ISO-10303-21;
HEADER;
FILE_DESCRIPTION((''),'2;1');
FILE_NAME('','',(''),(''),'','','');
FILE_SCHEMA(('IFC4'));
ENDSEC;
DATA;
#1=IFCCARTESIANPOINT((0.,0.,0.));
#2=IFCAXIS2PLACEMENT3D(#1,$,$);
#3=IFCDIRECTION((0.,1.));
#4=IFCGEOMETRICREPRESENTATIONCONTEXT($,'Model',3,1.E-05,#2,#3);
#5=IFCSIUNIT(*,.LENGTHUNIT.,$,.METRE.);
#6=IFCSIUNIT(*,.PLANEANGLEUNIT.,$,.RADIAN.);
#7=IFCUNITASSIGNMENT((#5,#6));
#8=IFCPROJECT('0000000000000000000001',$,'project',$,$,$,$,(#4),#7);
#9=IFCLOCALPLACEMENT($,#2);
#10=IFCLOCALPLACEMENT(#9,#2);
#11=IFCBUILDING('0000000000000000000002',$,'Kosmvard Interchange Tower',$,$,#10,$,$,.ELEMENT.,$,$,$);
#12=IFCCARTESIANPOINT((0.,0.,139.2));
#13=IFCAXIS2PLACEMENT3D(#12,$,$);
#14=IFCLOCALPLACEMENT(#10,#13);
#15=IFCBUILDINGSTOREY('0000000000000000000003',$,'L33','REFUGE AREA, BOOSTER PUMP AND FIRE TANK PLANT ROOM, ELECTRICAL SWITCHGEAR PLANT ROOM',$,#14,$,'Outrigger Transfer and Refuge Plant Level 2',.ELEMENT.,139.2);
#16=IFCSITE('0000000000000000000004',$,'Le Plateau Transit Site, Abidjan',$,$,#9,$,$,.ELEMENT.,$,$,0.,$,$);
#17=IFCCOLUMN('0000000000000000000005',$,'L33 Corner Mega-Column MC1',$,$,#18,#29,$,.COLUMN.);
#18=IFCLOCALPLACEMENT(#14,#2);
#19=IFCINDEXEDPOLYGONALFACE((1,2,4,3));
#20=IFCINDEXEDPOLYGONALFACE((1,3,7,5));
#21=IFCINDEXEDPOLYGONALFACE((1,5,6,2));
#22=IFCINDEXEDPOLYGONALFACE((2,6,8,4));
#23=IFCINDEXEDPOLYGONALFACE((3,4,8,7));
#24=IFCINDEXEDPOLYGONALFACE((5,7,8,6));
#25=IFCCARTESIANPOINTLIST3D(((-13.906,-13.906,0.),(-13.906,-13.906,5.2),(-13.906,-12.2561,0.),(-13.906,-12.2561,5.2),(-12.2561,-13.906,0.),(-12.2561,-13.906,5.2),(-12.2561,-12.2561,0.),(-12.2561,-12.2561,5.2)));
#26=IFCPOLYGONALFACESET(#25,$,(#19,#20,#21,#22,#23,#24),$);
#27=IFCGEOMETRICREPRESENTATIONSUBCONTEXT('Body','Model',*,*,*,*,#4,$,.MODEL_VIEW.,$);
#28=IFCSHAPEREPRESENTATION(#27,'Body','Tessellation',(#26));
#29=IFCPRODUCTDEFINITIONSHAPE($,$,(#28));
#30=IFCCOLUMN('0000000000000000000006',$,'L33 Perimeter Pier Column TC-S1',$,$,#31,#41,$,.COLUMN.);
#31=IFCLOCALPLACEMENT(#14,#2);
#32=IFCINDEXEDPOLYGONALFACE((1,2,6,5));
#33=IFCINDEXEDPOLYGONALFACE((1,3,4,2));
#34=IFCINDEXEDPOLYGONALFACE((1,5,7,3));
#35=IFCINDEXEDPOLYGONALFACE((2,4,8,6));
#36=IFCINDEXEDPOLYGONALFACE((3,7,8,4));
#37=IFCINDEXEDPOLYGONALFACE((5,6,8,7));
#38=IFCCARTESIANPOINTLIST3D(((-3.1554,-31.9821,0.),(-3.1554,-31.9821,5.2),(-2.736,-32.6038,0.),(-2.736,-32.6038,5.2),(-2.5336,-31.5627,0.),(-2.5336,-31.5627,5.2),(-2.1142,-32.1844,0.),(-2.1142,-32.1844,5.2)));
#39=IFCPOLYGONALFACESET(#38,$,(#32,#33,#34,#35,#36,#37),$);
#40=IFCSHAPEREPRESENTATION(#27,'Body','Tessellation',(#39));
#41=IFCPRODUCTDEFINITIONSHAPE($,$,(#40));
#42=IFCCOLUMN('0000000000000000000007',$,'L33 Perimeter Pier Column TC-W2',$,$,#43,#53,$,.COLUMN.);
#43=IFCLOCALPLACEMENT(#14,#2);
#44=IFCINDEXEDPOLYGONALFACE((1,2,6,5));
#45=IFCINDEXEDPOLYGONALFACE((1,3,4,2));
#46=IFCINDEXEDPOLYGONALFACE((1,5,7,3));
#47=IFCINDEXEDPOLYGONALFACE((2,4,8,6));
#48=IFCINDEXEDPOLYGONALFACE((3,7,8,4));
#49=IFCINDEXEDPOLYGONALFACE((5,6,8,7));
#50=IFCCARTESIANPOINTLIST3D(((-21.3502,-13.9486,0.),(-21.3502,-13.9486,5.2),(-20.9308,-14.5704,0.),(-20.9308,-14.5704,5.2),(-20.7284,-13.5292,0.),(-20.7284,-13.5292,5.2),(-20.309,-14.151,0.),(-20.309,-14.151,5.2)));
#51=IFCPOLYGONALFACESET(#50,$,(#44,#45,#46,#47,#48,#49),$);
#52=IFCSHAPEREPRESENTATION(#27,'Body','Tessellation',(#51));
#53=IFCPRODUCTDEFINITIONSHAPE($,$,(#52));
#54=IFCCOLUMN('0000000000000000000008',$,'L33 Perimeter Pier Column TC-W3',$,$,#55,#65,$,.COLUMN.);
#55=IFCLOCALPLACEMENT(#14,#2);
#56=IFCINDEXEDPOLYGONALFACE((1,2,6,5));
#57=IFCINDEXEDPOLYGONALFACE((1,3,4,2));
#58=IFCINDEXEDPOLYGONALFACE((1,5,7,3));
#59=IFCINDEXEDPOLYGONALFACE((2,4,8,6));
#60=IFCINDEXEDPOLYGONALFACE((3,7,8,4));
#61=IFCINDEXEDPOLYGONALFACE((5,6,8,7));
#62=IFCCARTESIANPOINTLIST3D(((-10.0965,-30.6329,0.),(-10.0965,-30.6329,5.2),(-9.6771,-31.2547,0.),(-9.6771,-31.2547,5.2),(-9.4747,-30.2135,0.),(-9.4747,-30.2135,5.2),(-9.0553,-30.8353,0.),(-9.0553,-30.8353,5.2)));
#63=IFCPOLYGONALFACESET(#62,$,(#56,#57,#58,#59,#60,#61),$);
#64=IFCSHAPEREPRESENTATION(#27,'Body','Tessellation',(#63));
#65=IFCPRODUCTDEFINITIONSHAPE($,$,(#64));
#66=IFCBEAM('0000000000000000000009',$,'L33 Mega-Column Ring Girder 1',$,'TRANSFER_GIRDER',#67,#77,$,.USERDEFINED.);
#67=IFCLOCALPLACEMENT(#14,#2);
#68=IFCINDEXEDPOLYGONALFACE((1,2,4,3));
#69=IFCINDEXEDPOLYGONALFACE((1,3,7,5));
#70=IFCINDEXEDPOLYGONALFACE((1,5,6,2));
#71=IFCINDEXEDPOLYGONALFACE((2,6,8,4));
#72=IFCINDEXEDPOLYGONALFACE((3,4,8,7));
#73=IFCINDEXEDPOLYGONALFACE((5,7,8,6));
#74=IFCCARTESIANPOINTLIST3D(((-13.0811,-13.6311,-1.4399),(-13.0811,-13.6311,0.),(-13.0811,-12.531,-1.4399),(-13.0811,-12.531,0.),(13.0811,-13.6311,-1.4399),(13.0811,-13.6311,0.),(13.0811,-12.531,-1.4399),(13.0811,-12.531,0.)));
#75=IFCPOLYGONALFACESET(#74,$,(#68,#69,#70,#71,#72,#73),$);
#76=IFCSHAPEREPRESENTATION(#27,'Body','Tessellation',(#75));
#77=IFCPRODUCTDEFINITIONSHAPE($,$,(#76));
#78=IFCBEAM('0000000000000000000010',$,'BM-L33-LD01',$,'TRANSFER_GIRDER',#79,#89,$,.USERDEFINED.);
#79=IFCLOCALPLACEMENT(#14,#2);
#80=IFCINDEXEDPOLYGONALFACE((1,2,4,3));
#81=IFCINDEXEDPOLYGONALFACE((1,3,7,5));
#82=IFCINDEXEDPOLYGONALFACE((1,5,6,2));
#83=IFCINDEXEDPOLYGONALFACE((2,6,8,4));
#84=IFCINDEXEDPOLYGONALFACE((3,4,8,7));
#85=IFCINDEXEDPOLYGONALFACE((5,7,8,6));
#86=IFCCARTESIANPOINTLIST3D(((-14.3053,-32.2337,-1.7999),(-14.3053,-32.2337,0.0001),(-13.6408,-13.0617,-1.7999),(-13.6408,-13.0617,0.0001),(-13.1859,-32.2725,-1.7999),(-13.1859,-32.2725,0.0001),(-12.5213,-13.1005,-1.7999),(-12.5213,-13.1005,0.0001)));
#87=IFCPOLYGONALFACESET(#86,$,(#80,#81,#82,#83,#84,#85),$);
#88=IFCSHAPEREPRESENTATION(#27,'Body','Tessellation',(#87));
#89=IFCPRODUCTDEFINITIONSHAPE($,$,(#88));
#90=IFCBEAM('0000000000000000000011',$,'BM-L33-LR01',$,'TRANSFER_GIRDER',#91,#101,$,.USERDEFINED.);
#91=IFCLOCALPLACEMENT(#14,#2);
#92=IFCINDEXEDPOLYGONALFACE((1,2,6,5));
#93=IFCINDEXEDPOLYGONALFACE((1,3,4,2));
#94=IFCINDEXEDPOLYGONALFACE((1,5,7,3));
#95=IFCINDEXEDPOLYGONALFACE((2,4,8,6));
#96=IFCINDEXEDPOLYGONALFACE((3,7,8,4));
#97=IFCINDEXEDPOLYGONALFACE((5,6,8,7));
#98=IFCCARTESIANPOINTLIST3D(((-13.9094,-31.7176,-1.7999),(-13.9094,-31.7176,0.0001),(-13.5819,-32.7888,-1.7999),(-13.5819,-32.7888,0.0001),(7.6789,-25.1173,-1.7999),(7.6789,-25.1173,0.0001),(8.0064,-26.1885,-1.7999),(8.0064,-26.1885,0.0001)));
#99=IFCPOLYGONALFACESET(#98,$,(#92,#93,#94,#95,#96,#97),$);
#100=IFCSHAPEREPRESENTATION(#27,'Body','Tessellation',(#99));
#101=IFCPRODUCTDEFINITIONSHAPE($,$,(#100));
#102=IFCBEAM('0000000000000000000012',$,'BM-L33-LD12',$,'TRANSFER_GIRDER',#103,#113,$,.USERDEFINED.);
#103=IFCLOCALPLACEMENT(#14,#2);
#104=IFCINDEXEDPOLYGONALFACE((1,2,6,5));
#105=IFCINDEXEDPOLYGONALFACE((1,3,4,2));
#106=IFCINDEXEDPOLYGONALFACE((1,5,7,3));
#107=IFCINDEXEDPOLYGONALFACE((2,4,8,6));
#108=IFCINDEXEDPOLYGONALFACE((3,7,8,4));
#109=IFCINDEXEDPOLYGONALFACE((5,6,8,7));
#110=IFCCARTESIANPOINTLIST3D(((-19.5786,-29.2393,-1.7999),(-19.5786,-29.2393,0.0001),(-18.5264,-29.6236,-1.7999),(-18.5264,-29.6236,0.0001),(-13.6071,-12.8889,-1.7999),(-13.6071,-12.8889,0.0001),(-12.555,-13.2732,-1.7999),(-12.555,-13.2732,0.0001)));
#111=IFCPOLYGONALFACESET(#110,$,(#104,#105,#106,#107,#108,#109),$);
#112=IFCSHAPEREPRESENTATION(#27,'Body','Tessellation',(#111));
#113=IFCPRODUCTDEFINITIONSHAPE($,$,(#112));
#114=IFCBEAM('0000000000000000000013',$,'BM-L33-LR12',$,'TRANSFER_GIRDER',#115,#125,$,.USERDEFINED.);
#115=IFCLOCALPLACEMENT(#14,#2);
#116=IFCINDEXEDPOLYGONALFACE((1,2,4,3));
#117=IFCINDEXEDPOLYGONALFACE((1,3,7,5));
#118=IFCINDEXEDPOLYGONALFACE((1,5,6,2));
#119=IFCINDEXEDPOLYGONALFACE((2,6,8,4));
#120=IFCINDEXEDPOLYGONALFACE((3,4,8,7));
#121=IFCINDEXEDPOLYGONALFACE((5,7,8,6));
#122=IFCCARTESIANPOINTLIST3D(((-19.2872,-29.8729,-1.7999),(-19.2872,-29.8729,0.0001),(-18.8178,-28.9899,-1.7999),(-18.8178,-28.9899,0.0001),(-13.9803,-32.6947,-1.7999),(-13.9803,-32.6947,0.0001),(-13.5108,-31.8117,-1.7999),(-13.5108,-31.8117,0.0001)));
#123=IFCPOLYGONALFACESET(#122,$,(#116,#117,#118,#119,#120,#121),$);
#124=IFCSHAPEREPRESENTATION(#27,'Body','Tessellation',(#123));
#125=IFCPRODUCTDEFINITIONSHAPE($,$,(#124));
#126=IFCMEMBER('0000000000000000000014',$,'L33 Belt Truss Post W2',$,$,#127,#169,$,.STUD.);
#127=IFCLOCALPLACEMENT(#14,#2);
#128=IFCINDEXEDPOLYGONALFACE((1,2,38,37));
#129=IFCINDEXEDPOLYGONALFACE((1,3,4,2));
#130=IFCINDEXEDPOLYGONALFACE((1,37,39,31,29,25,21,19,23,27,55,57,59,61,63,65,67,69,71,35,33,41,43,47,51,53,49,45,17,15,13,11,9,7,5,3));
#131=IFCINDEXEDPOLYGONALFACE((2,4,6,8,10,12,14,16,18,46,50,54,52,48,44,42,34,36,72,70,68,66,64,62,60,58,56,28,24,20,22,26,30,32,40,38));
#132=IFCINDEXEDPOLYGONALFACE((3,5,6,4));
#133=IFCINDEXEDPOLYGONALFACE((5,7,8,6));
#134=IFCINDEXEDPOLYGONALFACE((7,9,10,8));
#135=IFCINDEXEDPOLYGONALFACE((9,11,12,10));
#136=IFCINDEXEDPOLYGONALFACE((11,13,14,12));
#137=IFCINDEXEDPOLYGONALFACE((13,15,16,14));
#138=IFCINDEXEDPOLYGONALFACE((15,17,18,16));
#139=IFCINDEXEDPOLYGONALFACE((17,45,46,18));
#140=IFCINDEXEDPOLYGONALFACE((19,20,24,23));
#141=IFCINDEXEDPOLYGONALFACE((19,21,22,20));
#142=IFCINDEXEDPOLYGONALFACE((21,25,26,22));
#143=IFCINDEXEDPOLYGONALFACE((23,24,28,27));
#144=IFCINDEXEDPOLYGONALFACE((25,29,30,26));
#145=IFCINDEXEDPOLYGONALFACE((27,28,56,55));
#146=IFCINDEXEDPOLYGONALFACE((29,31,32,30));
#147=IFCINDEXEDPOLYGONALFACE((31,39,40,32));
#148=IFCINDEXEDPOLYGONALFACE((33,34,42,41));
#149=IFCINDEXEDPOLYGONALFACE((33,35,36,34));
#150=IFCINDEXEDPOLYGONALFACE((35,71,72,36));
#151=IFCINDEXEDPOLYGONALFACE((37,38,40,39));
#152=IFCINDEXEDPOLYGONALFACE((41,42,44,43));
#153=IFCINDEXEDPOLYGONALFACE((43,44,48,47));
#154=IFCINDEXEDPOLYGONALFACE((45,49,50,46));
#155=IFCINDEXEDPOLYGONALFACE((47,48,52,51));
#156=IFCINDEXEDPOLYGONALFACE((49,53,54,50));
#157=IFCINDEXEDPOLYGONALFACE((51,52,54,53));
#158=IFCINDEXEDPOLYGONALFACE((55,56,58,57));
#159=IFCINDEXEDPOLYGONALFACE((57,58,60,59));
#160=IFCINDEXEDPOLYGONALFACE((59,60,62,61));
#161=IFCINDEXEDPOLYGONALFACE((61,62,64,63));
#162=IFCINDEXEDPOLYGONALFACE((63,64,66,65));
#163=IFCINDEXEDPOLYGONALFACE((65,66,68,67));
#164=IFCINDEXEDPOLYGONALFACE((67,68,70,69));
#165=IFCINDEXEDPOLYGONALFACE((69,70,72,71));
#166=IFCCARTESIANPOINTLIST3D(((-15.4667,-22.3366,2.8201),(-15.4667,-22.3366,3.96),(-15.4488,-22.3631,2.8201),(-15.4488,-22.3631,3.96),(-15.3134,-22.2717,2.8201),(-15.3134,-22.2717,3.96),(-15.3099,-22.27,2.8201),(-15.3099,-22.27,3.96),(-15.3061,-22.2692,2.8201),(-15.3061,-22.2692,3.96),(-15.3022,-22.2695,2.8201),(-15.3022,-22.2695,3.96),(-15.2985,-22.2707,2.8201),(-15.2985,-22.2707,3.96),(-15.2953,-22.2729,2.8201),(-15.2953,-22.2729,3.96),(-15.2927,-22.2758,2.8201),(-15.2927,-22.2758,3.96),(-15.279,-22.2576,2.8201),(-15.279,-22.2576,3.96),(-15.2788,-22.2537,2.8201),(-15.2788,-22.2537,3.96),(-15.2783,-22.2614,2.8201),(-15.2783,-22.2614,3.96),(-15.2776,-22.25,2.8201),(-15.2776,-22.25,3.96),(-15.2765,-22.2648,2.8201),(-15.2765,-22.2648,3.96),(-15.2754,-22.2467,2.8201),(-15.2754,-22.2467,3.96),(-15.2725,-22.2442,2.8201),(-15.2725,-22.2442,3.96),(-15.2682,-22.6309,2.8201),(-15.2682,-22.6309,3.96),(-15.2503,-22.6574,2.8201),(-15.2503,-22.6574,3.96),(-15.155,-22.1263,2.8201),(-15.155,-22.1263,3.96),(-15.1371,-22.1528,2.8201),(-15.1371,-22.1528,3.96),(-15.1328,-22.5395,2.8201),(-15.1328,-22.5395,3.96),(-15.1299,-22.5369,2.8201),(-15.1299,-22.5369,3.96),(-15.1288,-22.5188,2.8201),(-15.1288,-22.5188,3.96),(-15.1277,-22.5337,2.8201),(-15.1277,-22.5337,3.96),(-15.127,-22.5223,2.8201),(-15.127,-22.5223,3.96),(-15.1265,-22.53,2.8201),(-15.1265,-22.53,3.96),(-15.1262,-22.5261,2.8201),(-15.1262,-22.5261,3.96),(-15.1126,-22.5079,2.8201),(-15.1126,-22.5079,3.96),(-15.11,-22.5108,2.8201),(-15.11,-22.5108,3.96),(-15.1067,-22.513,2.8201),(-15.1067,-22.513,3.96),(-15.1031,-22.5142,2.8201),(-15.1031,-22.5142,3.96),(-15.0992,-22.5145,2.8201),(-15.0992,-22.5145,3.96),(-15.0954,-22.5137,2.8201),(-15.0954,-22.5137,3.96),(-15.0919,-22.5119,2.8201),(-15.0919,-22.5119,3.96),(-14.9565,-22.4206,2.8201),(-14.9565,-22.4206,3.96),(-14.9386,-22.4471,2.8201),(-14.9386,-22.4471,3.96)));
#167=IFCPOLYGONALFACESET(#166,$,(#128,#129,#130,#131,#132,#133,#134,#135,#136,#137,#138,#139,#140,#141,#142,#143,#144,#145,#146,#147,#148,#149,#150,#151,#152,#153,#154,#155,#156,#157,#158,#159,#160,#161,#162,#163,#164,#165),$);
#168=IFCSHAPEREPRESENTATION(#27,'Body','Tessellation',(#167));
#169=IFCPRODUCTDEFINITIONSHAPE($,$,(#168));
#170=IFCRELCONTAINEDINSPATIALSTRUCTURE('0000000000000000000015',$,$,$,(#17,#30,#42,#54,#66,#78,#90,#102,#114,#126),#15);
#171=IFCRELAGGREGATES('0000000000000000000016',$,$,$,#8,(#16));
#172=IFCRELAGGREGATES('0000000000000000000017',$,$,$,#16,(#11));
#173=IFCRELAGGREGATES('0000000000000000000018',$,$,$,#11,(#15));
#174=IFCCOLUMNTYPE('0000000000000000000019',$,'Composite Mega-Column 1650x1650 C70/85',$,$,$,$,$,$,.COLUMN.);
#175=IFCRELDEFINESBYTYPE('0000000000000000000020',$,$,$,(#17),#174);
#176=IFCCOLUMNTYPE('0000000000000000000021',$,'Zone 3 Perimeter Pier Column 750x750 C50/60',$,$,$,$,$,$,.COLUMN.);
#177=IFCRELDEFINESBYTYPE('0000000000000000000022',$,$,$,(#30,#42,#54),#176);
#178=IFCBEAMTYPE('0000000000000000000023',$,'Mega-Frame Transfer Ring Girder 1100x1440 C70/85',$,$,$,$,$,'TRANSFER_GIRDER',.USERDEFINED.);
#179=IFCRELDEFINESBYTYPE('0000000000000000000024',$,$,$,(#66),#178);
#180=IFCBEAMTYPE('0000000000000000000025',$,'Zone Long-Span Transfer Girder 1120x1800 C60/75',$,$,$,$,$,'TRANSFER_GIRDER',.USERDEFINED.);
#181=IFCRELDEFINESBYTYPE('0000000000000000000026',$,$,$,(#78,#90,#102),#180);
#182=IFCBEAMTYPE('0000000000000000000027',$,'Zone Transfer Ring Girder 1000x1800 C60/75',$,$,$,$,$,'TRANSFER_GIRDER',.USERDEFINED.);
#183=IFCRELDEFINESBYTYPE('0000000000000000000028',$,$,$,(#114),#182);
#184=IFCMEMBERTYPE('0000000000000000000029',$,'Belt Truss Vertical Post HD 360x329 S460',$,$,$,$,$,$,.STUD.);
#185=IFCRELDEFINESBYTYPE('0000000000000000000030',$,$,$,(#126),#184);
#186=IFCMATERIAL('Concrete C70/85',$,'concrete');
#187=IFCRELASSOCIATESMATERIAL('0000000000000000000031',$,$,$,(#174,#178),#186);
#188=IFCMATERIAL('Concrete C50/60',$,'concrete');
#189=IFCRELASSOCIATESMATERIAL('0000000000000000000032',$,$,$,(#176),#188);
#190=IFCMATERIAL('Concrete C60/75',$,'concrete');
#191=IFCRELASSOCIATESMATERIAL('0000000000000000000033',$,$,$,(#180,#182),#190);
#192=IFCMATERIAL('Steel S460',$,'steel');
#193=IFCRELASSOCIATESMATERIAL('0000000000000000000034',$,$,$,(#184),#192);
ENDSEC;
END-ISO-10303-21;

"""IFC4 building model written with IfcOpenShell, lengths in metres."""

from ifc_helpers import new_model, si_unit, direction, frame, origin, origin_2d, place, context, subcontext, project, spatial, rectangle, i_section, extrude, source, transform, mapped, material, material_profile, profile_set, type_object, element, save


model = new_model("IFC4")

# Units and contexts
model_context = context("Model", 3, precision=1e-05, world=origin(), true_north=direction((0.0, 1.0)))
body_context = subcontext(model_context, "Body", "Model", "MODEL_VIEW")
ifc_project = project(units=[si_unit("LENGTHUNIT", "METRE"), si_unit("PLANEANGLEUNIT", "RADIAN")], contexts=[model_context])

# Site, building, storey
site_placement = place(None, origin())
site = spatial("IfcSite", under=ifc_project, at=site_placement, Name="Le Plateau Transit Site, Abidjan", CompositionType="ELEMENT", RefElevation=0.0)
building_placement = place(site_placement, origin())
building = spatial("IfcBuilding", under=site, at=building_placement, Name="Kosmvard Interchange Tower", CompositionType="ELEMENT")
storey_placement = place(building_placement, frame((0.0, 0.0, 139.2)))
storey = spatial("IfcBuildingStorey", under=building, at=storey_placement, Name="L33", Description="REFUGE AREA, BOOSTER PUMP AND FIRE TANK PLANT ROOM, ELECTRICAL SWITCHGEAR PLANT ROOM", LongName="Outrigger Transfer and Refuge Plant Level 2", CompositionType="ELEMENT", Elevation=139.2)

# Columns
ifc_material_1 = material(Name="Concrete C70/85", Category="concrete")
ifc_material_profile_1 = material_profile(ifc_material_1, rectangle(XDim=1.6499, YDim=1.6499, at=origin_2d()), Name="MC 1650x1650")
ifc_profile_set_1 = profile_set([ifc_material_profile_1], Name="Concrete C70/85")
column_type_1 = type_object("IfcColumnType", Name="Composite Mega-Column 1650x1650 C70/85", PredefinedType="COLUMN", material=ifc_profile_set_1)
shared_shape_1 = source(origin(), body_context, "Body", "SweptSolid", [
    extrude(rectangle(XDim=1.6499, YDim=1.6499, at=origin_2d()), origin(), (0.0, 0.0, 1.0), 5.2),
])
column_placement = place(storey_placement, frame((-13.0811, -13.0811, 0.0), z_axis=(0.0, 0.0, 1.0), x_axis=(1.0, 0.0, 0.0)))
element("IfcColumn", 1, at=column_placement, inside=storey, type_object=column_type_1, Name="L33 Corner Mega-Column MC1", PredefinedType="COLUMN", context=body_context, shape_type="MappedRepresentation", body=[
    mapped(shared_shape_1, transform((0.0, 0.0, 0.0), scale=1.0)),
])
ifc_material_2 = material(Name="Concrete C50/60", Category="concrete")
ifc_material_profile_2 = material_profile(ifc_material_2, rectangle(XDim=0.75, YDim=0.75, at=origin_2d()), Name="TC 750x750")
ifc_profile_set_2 = profile_set([ifc_material_profile_2], Name="Concrete C50/60")
column_type_2 = type_object("IfcColumnType", Name="Zone 3 Perimeter Pier Column 750x750 C50/60", PredefinedType="COLUMN", material=ifc_profile_set_2)
shared_shape_2 = source(origin(), body_context, "Body", "SweptSolid", [
    extrude(rectangle(XDim=0.75, YDim=0.75, at=origin_2d()), origin(), (0.0, 0.0, 1.0), 5.2),
])
for number, where, z_axis, x_axis, name in (
    (2, (-2.6348, -32.0833, 0.0), (0.0, 0.0, 1.0), (0.829038, 0.559193, 0.0), "L33 Perimeter Pier Column TC-S1"),
    (3, (-20.8296, -14.0498, 0.0), (0.0, 0.0, 1.0), (0.829038, 0.559193, 0.0), "L33 Perimeter Pier Column TC-W2"),
    (4, (-9.5759, -30.7341, 0.0), (0.0, 0.0, 1.0), (0.829038, 0.559193, 0.0), "L33 Perimeter Pier Column TC-W3"),
):
    element("IfcColumn", number, at=place(storey_placement, frame(where, z_axis=z_axis, x_axis=x_axis)), inside=storey, type_object=column_type_2, Name=name, PredefinedType="COLUMN", context=body_context, shape_type="MappedRepresentation", body=[
        mapped(shared_shape_2, transform((0.0, 0.0, 0.0), scale=1.0)),
    ])

# Beams
ifc_material_profile_3 = material_profile(ifc_material_1, rectangle(XDim=1.1001, YDim=1.4399, at=origin_2d()), Name="TG 1100x1440")
ifc_profile_set_3 = profile_set([ifc_material_profile_3], Name="Concrete C70/85")
beam_type_1 = type_object("IfcBeamType", Name="Mega-Frame Transfer Ring Girder 1100x1440 C70/85", ElementType="TRANSFER_GIRDER", PredefinedType="USERDEFINED", material=ifc_profile_set_3)
shared_shape_3 = source(origin(), body_context, "Body", "SweptSolid", [
    extrude(rectangle(XDim=1.1001, YDim=1.4399, at=origin_2d()), origin(), (0.0, 0.0, 1.0), 26.1621),
])
beam_1_placement = place(storey_placement, frame((-13.0811, -13.0811, -0.72), z_axis=(1.0, 0.0, 0.0), x_axis=(0.0, 1.0, 0.0)))
element("IfcBeam", 5, at=beam_1_placement, inside=storey, type_object=beam_type_1, Name="L33 Mega-Column Ring Girder 1", ObjectType="TRANSFER_GIRDER", PredefinedType="USERDEFINED", context=body_context, shape_type="MappedRepresentation", body=[
    mapped(shared_shape_3, transform((0.0, 0.0, 0.0), scale=1.0)),
])
ifc_material_3 = material(Name="Concrete C60/75", Category="concrete")
ifc_material_profile_4 = material_profile(ifc_material_3, rectangle(XDim=1.1201, YDim=1.8, at=origin_2d()), Name="TG 1120x1800")
ifc_profile_set_4 = profile_set([ifc_material_profile_4], Name="Concrete C60/75")
beam_type_2 = type_object("IfcBeamType", Name="Zone Long-Span Transfer Girder 1120x1800 C60/75", ElementType="TRANSFER_GIRDER", PredefinedType="USERDEFINED", material=ifc_profile_set_4)
shared_shape_4 = source(origin(), body_context, "Body", "SweptSolid", [
    extrude(rectangle(XDim=1.1201, YDim=1.8, at=origin_2d()), origin(), (0.0, 0.0, 1.0), 19.1836),
])
beam_2_placement = place(storey_placement, frame((-13.0811, -13.0811, -0.8999), z_axis=(-0.034642, -0.9994, 0.0), x_axis=(0.9994, -0.034642, 0.0)))
element("IfcBeam", 6, at=beam_2_placement, inside=storey, type_object=beam_type_2, Name="BM-L33-LD01", ObjectType="TRANSFER_GIRDER", PredefinedType="USERDEFINED", context=body_context, shape_type="MappedRepresentation", body=[
    mapped(shared_shape_4, transform((0.0, 0.0, 0.0), scale=1.0)),
])
shared_shape_5 = source(origin(), body_context, "Body", "SweptSolid", [
    extrude(rectangle(XDim=1.1201, YDim=1.8, at=origin_2d()), origin(), (0.0, 0.0, 1.0), 22.5747),
])
beam_3_placement = place(storey_placement, frame((-13.7456, -32.2532, -0.8999), z_axis=(0.956303, 0.292376, 0.0), x_axis=(-0.292376, 0.956303, 0.0)))
element("IfcBeam", 7, at=beam_3_placement, inside=storey, type_object=beam_type_2, Name="BM-L33-LR01", ObjectType="TRANSFER_GIRDER", PredefinedType="USERDEFINED", context=body_context, shape_type="MappedRepresentation", body=[
    mapped(shared_shape_5, transform((0.0, 0.0, 0.0), scale=1.0)),
])
shared_shape_6 = source(origin(), body_context, "Body", "SweptSolid", [
    extrude(rectangle(XDim=1.1201, YDim=1.8, at=origin_2d()), origin(), (0.0, 0.0, 1.0), 17.4067),
])
beam_4_placement = place(storey_placement, frame((-13.0811, -13.0811, -0.8999), z_axis=(-0.343055, -0.939315, 0.0), x_axis=(0.939315, -0.343055, 0.0)))
element("IfcBeam", 8, at=beam_4_placement, inside=storey, type_object=beam_type_2, Name="BM-L33-LD12", ObjectType="TRANSFER_GIRDER", PredefinedType="USERDEFINED", context=body_context, shape_type="MappedRepresentation", body=[
    mapped(shared_shape_6, transform((0.0, 0.0, 0.0), scale=1.0)),
])
ifc_material_profile_5 = material_profile(ifc_material_3, rectangle(XDim=1.0, YDim=1.8, at=origin_2d()), Name="TG 1000x1800")
ifc_profile_set_5 = profile_set([ifc_material_profile_5], Name="Concrete C60/75")
beam_type_3 = type_object("IfcBeamType", Name="Zone Transfer Ring Girder 1000x1800 C60/75", ElementType="TRANSFER_GIRDER", PredefinedType="USERDEFINED", material=ifc_profile_set_5)
shared_shape_7 = source(origin(), body_context, "Body", "SweptSolid", [
    extrude(rectangle(XDim=1.0, YDim=1.8, at=origin_2d()), origin(), (0.0, 0.0, 1.0), 6.0105),
])
beam_5_placement = place(storey_placement, frame((-19.0525, -29.4314, -0.8999), z_axis=(0.882944, -0.469479, 0.0), x_axis=(0.469479, 0.882944, 0.0)))
element("IfcBeam", 9, at=beam_5_placement, inside=storey, type_object=beam_type_3, Name="BM-L33-LR12", ObjectType="TRANSFER_GIRDER", PredefinedType="USERDEFINED", context=body_context, shape_type="MappedRepresentation", body=[
    mapped(shared_shape_7, transform((0.0, 0.0, 0.0), scale=1.0)),
])

# Member
ifc_material_4 = material(Name="Steel S460", Category="steel")
ifc_material_profile_6 = material_profile(ifc_material_4, i_section(OverallWidth=0.376, OverallDepth=0.387, WebThickness=0.0195, FlangeThickness=0.032, FilletRadius=0.0149, at=origin_2d()), Name="HD 360x329")
ifc_profile_set_6 = profile_set([ifc_material_profile_6], Name="Steel S460")
member_type_1 = type_object("IfcMemberType", Name="Belt Truss Vertical Post HD 360x329 S460", PredefinedType="STUD", material=ifc_profile_set_6)
shared_shape_8 = source(origin(), body_context, "Body", "SweptSolid", [
    extrude(i_section(OverallWidth=0.376, OverallDepth=0.387, WebThickness=0.0195, FlangeThickness=0.032, FilletRadius=0.0149, at=origin_2d()), origin(), (0.0, 0.0, 1.0), 1.1399),
])
member_1_placement = place(storey_placement, frame((-15.2026, -22.3918, 2.8201), z_axis=(0.0, 0.0, 1.0), x_axis=(0.829038, 0.559193, 0.0)))
element("IfcMember", 10, at=member_1_placement, inside=storey, type_object=member_type_1, Name="L33 Belt Truss Post W2", PredefinedType="STUD", context=body_context, shape_type="MappedRepresentation", body=[
    mapped(shared_shape_8, transform((0.0, 0.0, 0.0), scale=1.0)),
])

save(model, "model.ifc")
